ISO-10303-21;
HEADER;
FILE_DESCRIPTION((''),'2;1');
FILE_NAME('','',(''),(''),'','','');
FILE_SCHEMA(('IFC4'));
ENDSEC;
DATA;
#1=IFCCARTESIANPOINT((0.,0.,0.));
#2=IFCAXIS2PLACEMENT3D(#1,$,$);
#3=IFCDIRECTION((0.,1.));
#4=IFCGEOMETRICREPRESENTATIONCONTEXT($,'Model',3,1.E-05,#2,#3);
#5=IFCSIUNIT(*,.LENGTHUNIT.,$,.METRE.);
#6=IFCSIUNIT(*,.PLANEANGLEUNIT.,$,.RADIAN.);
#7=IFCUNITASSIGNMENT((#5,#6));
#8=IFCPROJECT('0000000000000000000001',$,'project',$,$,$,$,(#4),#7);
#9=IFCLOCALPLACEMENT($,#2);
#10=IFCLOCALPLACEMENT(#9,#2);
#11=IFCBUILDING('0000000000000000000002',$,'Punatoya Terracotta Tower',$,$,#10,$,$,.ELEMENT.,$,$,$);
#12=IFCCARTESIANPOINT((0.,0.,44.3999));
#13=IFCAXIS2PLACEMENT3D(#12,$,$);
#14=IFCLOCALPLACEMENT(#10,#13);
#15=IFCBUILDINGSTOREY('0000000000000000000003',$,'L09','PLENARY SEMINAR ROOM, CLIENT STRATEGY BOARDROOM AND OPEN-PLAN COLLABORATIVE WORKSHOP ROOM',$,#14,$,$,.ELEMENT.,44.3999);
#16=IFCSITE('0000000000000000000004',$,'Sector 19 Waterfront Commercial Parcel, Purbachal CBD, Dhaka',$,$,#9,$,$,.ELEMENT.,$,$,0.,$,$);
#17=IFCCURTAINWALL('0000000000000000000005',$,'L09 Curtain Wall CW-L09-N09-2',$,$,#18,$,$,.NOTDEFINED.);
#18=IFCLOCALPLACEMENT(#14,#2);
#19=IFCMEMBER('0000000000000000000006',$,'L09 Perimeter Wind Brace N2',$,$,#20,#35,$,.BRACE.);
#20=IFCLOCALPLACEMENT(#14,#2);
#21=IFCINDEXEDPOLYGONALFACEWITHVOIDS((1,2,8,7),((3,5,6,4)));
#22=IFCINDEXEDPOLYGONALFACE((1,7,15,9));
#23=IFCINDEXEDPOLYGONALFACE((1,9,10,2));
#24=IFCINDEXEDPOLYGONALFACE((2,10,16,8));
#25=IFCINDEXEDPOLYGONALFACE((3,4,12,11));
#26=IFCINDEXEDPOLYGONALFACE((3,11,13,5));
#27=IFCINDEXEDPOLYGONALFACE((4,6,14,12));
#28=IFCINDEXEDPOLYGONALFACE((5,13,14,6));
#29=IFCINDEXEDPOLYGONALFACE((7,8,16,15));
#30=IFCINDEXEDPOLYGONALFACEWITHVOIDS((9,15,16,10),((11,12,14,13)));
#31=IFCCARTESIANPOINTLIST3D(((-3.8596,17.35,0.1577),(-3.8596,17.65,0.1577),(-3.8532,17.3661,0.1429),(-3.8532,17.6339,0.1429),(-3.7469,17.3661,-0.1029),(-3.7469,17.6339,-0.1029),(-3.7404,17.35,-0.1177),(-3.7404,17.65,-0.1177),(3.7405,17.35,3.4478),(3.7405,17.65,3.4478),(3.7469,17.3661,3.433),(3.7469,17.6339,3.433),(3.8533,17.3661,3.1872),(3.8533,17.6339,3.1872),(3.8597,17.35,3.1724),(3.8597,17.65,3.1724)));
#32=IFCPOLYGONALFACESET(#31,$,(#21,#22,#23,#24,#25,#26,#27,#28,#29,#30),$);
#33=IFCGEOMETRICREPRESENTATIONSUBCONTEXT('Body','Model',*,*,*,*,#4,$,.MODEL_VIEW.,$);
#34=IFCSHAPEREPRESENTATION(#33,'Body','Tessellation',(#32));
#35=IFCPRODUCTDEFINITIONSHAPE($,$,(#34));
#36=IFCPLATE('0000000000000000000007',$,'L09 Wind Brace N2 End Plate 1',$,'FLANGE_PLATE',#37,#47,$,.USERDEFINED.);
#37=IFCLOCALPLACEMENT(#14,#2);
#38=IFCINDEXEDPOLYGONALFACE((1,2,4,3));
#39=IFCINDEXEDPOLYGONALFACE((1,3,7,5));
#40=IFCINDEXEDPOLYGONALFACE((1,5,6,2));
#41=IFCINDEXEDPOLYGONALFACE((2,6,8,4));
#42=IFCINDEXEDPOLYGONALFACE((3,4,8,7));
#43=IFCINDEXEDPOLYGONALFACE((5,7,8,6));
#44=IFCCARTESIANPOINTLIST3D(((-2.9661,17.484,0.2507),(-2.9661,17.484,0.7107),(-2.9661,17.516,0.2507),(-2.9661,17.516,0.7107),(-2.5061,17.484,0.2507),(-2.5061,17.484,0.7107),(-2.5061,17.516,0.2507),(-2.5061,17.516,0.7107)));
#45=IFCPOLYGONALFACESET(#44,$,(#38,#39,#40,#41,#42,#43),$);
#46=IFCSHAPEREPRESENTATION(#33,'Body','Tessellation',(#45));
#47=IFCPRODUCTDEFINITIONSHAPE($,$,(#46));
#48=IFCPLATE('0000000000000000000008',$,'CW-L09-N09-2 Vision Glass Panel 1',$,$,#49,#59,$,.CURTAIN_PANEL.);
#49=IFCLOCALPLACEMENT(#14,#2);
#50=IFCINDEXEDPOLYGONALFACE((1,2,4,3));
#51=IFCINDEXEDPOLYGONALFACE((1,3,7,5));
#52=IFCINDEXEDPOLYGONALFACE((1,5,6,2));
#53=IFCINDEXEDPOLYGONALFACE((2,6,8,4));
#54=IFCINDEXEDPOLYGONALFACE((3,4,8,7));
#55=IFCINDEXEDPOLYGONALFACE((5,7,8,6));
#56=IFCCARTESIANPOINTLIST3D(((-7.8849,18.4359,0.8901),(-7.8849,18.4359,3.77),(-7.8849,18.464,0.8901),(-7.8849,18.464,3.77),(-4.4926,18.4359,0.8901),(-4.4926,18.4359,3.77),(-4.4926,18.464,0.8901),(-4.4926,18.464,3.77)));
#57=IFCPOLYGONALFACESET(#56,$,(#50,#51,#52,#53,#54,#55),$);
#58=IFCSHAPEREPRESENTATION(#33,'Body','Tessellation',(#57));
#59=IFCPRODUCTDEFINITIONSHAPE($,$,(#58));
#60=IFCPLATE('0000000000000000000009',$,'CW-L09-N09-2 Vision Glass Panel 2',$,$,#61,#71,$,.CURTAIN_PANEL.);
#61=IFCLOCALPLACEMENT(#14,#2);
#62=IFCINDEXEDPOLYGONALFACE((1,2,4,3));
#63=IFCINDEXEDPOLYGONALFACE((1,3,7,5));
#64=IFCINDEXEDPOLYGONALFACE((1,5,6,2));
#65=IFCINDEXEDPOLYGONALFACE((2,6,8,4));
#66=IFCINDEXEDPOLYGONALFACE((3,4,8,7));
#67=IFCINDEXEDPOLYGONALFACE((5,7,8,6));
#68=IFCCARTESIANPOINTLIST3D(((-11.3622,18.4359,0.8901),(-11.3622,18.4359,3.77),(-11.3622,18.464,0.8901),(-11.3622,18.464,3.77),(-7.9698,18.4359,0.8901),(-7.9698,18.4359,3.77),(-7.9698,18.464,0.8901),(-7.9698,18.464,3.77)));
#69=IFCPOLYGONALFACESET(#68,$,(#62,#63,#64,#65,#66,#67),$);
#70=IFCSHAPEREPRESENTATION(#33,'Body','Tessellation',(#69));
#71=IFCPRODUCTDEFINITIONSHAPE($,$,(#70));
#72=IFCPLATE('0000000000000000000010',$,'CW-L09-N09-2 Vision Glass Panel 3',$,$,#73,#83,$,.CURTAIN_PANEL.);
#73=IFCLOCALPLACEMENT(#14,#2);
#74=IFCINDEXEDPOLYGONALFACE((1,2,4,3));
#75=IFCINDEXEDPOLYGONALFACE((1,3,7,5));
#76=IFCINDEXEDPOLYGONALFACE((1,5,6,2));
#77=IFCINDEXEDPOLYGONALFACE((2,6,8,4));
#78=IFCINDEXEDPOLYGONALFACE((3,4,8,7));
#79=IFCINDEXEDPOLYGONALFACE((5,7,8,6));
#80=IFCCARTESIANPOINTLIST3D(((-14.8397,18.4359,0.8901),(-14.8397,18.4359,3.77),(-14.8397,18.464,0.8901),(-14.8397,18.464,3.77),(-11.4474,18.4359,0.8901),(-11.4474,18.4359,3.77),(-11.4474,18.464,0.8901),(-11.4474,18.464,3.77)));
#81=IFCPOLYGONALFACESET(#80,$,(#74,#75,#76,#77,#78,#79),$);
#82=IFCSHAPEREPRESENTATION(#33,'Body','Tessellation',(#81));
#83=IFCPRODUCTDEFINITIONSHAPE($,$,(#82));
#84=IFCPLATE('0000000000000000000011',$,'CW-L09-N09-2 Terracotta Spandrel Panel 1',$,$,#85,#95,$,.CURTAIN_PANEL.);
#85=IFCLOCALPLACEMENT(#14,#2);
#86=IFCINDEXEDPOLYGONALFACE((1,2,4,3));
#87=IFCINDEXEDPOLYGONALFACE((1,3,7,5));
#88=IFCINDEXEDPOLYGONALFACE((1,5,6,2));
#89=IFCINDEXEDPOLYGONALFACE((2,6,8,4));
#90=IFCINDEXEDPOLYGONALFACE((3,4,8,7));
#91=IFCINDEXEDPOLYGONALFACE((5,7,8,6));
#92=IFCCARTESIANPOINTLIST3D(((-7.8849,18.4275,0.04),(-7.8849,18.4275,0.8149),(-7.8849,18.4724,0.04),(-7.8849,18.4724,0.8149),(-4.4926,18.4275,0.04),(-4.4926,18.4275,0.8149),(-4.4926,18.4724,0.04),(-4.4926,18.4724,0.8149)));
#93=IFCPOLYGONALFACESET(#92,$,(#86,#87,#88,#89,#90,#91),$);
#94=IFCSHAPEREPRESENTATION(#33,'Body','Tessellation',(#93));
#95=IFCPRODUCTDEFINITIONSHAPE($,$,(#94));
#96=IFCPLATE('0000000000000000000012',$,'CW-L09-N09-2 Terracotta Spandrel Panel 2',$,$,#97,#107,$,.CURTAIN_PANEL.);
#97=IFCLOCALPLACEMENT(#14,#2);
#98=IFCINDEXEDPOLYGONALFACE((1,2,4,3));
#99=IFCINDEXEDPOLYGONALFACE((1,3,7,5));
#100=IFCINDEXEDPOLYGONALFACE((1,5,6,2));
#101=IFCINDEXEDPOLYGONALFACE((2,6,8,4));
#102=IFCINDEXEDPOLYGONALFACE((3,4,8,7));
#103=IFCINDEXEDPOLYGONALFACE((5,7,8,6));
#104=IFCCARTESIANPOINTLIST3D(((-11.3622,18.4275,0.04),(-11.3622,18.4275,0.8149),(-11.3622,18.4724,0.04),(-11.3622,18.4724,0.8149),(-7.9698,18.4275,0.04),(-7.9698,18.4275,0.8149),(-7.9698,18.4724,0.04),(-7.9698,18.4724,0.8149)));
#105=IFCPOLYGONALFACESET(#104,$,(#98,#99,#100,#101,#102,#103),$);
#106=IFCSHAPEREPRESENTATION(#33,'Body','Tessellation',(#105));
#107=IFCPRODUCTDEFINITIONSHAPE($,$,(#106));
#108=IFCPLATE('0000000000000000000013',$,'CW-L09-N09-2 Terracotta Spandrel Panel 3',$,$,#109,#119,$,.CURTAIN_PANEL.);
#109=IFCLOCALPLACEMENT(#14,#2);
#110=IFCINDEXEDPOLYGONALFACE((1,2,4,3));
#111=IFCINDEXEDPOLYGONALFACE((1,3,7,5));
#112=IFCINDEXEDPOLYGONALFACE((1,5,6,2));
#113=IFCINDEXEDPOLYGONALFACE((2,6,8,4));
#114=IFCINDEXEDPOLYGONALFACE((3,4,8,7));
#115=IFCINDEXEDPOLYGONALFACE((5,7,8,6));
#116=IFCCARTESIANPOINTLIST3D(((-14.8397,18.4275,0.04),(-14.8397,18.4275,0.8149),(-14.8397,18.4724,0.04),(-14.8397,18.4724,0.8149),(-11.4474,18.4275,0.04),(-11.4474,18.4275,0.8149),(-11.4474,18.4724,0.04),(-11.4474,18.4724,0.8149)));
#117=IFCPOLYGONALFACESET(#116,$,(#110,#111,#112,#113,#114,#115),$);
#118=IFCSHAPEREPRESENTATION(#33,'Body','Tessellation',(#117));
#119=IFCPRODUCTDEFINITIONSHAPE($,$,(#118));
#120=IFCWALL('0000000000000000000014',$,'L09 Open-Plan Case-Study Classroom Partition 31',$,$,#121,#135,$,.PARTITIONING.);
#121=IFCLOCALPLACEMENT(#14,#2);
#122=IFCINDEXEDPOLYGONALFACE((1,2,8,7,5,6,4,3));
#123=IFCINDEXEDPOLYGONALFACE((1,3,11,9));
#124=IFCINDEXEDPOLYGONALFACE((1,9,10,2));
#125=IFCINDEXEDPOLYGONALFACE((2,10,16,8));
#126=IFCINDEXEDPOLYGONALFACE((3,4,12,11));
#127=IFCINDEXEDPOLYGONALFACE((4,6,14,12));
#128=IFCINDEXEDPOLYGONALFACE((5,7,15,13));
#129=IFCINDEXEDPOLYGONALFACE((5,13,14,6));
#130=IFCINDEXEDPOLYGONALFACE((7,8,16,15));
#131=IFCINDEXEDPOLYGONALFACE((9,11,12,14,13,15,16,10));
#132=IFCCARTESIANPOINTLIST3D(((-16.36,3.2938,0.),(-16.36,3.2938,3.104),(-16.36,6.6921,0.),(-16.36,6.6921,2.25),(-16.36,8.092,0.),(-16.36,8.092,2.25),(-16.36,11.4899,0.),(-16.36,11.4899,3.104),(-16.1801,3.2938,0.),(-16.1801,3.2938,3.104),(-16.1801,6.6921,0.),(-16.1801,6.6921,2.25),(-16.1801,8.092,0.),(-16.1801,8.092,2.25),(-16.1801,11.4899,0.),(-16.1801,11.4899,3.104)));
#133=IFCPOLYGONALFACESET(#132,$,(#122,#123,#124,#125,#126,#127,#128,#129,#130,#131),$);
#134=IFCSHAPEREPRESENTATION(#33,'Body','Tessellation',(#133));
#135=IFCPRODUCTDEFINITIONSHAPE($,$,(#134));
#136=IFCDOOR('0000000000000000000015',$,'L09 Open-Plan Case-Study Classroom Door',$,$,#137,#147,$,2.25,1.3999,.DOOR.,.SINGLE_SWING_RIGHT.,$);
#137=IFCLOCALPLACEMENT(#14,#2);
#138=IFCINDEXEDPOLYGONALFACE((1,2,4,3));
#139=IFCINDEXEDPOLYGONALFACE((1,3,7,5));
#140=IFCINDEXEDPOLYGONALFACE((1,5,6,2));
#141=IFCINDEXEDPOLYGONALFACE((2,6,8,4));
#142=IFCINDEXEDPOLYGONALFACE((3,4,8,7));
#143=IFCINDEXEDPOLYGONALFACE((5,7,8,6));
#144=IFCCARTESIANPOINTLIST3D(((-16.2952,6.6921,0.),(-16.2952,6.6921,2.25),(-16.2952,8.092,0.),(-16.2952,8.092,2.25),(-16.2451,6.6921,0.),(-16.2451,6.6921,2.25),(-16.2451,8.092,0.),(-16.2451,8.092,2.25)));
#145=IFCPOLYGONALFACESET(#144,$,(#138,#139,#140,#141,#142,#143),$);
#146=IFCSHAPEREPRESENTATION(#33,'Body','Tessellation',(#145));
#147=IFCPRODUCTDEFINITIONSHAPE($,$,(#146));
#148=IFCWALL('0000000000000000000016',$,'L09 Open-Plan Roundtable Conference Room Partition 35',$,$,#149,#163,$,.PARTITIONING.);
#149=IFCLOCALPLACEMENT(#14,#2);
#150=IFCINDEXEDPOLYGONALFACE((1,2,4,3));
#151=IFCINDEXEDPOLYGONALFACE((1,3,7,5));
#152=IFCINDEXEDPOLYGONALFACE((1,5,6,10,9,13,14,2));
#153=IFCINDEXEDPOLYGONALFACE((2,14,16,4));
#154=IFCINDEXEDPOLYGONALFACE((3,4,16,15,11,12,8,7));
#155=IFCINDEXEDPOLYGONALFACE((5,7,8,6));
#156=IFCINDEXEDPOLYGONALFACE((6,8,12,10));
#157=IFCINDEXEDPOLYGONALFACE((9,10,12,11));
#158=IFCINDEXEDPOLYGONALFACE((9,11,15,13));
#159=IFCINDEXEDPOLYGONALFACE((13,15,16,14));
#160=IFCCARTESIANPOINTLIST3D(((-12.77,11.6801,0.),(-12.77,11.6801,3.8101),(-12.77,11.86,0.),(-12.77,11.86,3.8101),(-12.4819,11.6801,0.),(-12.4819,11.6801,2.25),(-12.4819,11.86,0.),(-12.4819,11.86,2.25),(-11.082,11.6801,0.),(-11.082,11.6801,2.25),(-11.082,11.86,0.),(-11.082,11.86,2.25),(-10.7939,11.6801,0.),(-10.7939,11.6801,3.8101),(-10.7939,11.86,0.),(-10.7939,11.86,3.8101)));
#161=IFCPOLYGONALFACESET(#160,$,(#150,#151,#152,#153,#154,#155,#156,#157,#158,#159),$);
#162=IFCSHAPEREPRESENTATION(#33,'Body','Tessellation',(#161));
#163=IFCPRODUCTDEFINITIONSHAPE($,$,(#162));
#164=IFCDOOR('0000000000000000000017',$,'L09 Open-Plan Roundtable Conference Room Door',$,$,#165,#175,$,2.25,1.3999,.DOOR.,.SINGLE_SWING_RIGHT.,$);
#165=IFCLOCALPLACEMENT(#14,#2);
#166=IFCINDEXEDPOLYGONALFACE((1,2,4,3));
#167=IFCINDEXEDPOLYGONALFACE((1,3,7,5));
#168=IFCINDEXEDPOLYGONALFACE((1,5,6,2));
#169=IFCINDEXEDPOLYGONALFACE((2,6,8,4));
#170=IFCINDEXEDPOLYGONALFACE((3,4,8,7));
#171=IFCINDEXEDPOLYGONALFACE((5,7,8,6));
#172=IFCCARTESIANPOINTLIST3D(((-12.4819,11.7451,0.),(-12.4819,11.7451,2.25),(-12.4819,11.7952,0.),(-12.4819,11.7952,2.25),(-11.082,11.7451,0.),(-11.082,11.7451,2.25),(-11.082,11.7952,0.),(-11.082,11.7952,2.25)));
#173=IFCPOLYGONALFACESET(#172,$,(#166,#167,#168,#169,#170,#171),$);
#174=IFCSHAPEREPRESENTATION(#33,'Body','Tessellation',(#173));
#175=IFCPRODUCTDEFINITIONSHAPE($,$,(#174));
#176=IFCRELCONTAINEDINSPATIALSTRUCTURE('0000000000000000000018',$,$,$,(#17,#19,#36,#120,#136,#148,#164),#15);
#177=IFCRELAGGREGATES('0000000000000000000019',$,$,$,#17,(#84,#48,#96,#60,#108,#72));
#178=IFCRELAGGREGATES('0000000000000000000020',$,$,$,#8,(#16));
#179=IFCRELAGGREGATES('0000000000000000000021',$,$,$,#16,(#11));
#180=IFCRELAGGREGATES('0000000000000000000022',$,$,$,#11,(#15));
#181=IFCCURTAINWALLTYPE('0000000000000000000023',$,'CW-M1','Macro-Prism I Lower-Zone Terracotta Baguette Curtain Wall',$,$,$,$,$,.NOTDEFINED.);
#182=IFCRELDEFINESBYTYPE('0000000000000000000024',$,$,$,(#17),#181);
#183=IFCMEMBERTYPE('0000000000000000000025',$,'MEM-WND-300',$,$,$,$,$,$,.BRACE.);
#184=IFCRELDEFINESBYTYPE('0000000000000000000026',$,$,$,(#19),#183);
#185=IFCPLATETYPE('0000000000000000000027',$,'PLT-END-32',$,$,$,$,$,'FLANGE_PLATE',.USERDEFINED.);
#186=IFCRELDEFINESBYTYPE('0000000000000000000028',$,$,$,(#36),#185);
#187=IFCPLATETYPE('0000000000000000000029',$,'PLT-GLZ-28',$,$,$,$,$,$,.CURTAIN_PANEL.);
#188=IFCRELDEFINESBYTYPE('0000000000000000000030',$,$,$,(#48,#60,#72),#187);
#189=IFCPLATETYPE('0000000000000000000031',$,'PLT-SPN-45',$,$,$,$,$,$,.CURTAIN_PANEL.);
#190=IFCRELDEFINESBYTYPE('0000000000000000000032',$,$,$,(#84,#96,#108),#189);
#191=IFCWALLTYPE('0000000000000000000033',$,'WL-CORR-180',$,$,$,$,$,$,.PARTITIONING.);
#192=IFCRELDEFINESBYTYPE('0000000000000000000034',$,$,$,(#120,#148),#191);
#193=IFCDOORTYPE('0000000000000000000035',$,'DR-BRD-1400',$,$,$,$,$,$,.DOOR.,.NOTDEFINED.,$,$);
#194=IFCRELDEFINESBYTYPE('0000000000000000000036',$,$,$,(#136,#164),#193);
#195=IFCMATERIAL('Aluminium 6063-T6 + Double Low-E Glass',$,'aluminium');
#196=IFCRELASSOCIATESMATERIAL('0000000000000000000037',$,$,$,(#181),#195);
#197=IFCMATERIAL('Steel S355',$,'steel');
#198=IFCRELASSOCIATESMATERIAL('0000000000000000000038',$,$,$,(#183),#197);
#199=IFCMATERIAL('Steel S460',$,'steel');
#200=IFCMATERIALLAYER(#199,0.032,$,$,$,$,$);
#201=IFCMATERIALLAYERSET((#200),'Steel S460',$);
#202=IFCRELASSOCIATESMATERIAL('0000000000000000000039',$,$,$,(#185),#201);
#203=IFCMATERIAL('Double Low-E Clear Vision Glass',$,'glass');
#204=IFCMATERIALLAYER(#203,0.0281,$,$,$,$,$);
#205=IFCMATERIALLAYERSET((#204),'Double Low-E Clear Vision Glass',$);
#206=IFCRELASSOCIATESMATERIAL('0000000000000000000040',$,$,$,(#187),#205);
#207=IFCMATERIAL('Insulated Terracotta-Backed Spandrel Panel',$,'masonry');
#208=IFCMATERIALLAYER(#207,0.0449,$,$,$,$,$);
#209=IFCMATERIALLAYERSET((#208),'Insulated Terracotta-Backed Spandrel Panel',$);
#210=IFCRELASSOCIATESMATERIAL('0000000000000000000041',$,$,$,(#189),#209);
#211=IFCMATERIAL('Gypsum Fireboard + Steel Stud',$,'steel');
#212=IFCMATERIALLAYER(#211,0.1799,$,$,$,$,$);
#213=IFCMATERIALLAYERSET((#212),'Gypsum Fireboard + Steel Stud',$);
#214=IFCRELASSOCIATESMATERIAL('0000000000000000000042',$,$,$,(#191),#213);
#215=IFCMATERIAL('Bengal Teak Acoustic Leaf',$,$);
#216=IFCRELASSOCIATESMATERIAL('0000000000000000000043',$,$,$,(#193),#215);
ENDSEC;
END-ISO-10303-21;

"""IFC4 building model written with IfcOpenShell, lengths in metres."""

from ifc_helpers import new_model, si_unit, direction, frame, frame_2d, origin, origin_2d, place, context, subcontext, project, spatial, rectangle, hollow_rectangle, extrude, material, layer, layer_set, material_profile, profile_set, type_object, element, fill, aggregate, save


model = new_model("IFC4")

# Units and contexts
model_context = context("Model", 3, precision=1e-05, world=origin(), true_north=direction((0.0, 1.0)))
body_context = subcontext(model_context, "Body", "Model", "MODEL_VIEW")
ifc_project = project(units=[si_unit("LENGTHUNIT", "METRE"), si_unit("PLANEANGLEUNIT", "RADIAN")], contexts=[model_context])

# Site, building, storey
site_placement = place(None, origin())
site = spatial("IfcSite", under=ifc_project, at=site_placement, Name="Sector 19 Waterfront Commercial Parcel, Purbachal CBD, Dhaka", CompositionType="ELEMENT", RefElevation=0.0)
building_placement = place(site_placement, origin())
building = spatial("IfcBuilding", under=site, at=building_placement, Name="Punatoya Terracotta Tower", CompositionType="ELEMENT")
storey_placement = place(building_placement, frame((0.0, 0.0, 44.3999)))
storey = spatial("IfcBuildingStorey", under=building, at=storey_placement, Name="L09", Description="PLENARY SEMINAR ROOM, CLIENT STRATEGY BOARDROOM AND OPEN-PLAN COLLABORATIVE WORKSHOP ROOM", CompositionType="ELEMENT", Elevation=44.3999)

# Shared definitions
ifc_material_1 = material(Name="Steel S460", Category="steel")

# Shared definitions
ifc_material_2 = material(Name="Steel S355", Category="steel")

# Curtain wall
ifc_material_3 = material(Name="Aluminium 6063-T6 + Double Low-E Glass", Category="aluminium")
curtain_wall_type = type_object("IfcCurtainWallType", Name="CW-M1", Description="Macro-Prism I Lower-Zone Terracotta Baguette Curtain Wall", PredefinedType="NOTDEFINED", material=ifc_material_3)
curtain_wall_placement = place(storey_placement, origin())
curtain_wall = element("IfcCurtainWall", 1, at=curtain_wall_placement, inside=storey, type_object=curtain_wall_type, Name="L09 Curtain Wall CW-L09-N09-2", PredefinedType="NOTDEFINED")

# Member
ifc_material_profile_1 = material_profile(ifc_material_2, hollow_rectangle(XDim=0.3, YDim=0.3, WallThickness=0.0161, at=origin_2d()))
ifc_profile_set_1 = profile_set([ifc_material_profile_1], Name="Steel S355")
member_type_1 = type_object("IfcMemberType", Name="MEM-WND-300", PredefinedType="BRACE", material=ifc_profile_set_1)
member_1_placement = place(storey_placement, frame((-3.8, 17.5, 0.02), z_axis=(0.917703, 0.0, 0.397268), x_axis=(0.0, 1.0, 0.0)))
element("IfcMember", 2, at=member_1_placement, inside=storey, type_object=member_type_1, Name="L09 Perimeter Wind Brace N2", PredefinedType="BRACE", context=body_context, shape_type="SweptSolid", body=[
    extrude(hollow_rectangle(XDim=0.3, YDim=0.3, WallThickness=0.0161, at=origin_2d()), origin(), (0.0, 0.0, 1.0), 8.2817),
])

# Plates
ifc_layer_1 = layer(ifc_material_1, 0.032)
ifc_layer_set_1 = layer_set([ifc_layer_1], Name="Steel S460")
plate_type_1 = type_object("IfcPlateType", Name="PLT-END-32", ElementType="FLANGE_PLATE", PredefinedType="USERDEFINED", material=ifc_layer_set_1)
plate_1_placement = place(storey_placement, frame((-2.7361, 17.5, 0.2507), z_axis=(0.0, 0.0, 1.0), x_axis=(1.0, 0.0, 0.0)))
element("IfcPlate", 3, at=plate_1_placement, inside=storey, type_object=plate_type_1, Name="L09 Wind Brace N2 End Plate 1", ObjectType="FLANGE_PLATE", PredefinedType="USERDEFINED", context=body_context, shape_type="SweptSolid", body=[
    extrude(rectangle(XDim=0.46, YDim=0.032, at=origin_2d()), origin(), (0.0, 0.0, 1.0), 0.46),
])
ifc_material_4 = material(Name="Double Low-E Clear Vision Glass", Category="glass")
ifc_layer_2 = layer(ifc_material_4, 0.0281)
ifc_layer_set_2 = layer_set([ifc_layer_2], Name="Double Low-E Clear Vision Glass")
plate_type_2 = type_object("IfcPlateType", Name="PLT-GLZ-28", PredefinedType="CURTAIN_PANEL", material=ifc_layer_set_2)
plate_2_placement = place(storey_placement, frame((-6.1887, 18.45, 0.8901), z_axis=(0.0, 0.0, 1.0), x_axis=(-1.0, 0.0, 0.0)))
plate_2 = element("IfcPlate", 4, at=plate_2_placement, type_object=plate_type_2, Name="CW-L09-N09-2 Vision Glass Panel 1", PredefinedType="CURTAIN_PANEL", context=body_context, shape_type="SweptSolid", body=[
    extrude(rectangle(XDim=3.3923, YDim=0.0281, at=origin_2d()), origin(), (0.0, 0.0, 1.0), 2.8799),
])
plate_3_placement = place(storey_placement, frame((-9.666, 18.45, 0.8901), z_axis=(0.0, 0.0, 1.0), x_axis=(-1.0, 0.0, 0.0)))
plate_3 = element("IfcPlate", 5, at=plate_3_placement, type_object=plate_type_2, Name="CW-L09-N09-2 Vision Glass Panel 2", PredefinedType="CURTAIN_PANEL", context=body_context, shape_type="SweptSolid", body=[
    extrude(rectangle(XDim=3.3923, YDim=0.0281, at=origin_2d()), origin(), (0.0, 0.0, 1.0), 2.8799),
])
plate_4_placement = place(storey_placement, frame((-13.1436, 18.45, 0.8901), z_axis=(0.0, 0.0, 1.0), x_axis=(-1.0, 0.0, 0.0)))
plate_4 = element("IfcPlate", 6, at=plate_4_placement, type_object=plate_type_2, Name="CW-L09-N09-2 Vision Glass Panel 3", PredefinedType="CURTAIN_PANEL", context=body_context, shape_type="SweptSolid", body=[
    extrude(rectangle(XDim=3.3923, YDim=0.0281, at=origin_2d()), origin(), (0.0, 0.0, 1.0), 2.8799),
])
ifc_material_5 = material(Name="Insulated Terracotta-Backed Spandrel Panel", Category="masonry")
ifc_layer_3 = layer(ifc_material_5, 0.0449)
ifc_layer_set_3 = layer_set([ifc_layer_3], Name="Insulated Terracotta-Backed Spandrel Panel")
plate_type_3 = type_object("IfcPlateType", Name="PLT-SPN-45", PredefinedType="CURTAIN_PANEL", material=ifc_layer_set_3)
plate_5_placement = place(storey_placement, frame((-6.1887, 18.45, 0.04), z_axis=(0.0, 0.0, 1.0), x_axis=(-1.0, 0.0, 0.0)))
plate_5 = element("IfcPlate", 7, at=plate_5_placement, type_object=plate_type_3, Name="CW-L09-N09-2 Terracotta Spandrel Panel 1", PredefinedType="CURTAIN_PANEL", context=body_context, shape_type="SweptSolid", body=[
    extrude(rectangle(XDim=3.3923, YDim=0.0449, at=origin_2d()), origin(), (0.0, 0.0, 1.0), 0.7749),
])
plate_6_placement = place(storey_placement, frame((-9.666, 18.45, 0.04), z_axis=(0.0, 0.0, 1.0), x_axis=(-1.0, 0.0, 0.0)))
plate_6 = element("IfcPlate", 8, at=plate_6_placement, type_object=plate_type_3, Name="CW-L09-N09-2 Terracotta Spandrel Panel 2", PredefinedType="CURTAIN_PANEL", context=body_context, shape_type="SweptSolid", body=[
    extrude(rectangle(XDim=3.3923, YDim=0.0449, at=origin_2d()), origin(), (0.0, 0.0, 1.0), 0.7749),
])
plate_7_placement = place(storey_placement, frame((-13.1436, 18.45, 0.04), z_axis=(0.0, 0.0, 1.0), x_axis=(-1.0, 0.0, 0.0)))
plate_7 = element("IfcPlate", 9, at=plate_7_placement, type_object=plate_type_3, Name="CW-L09-N09-2 Terracotta Spandrel Panel 3", PredefinedType="CURTAIN_PANEL", context=body_context, shape_type="SweptSolid", body=[
    extrude(rectangle(XDim=3.3923, YDim=0.0449, at=origin_2d()), origin(), (0.0, 0.0, 1.0), 0.7749),
])
aggregate(curtain_wall, [plate_5, plate_2, plate_6, plate_3, plate_7, plate_4])

# Walls, openings, doors
ifc_material_6 = material(Name="Gypsum Fireboard + Steel Stud", Category="steel")
ifc_layer_4 = layer(ifc_material_6, 0.1799)
ifc_layer_set_4 = layer_set([ifc_layer_4], Name="Gypsum Fireboard + Steel Stud")
wall_type_1 = type_object("IfcWallType", Name="WL-CORR-180", PredefinedType="PARTITIONING", material=ifc_layer_set_4)
wall_1_placement = place(storey_placement, frame((-16.27, 11.49, 0.0), z_axis=(0.0, 0.0, 1.0), x_axis=(0.0, -1.0, 0.0)))
wall_1 = element("IfcWall", 10, at=wall_1_placement, inside=storey, type_object=wall_type_1, Name="L09 Open-Plan Case-Study Classroom Partition 31", PredefinedType="PARTITIONING", context=body_context, shape_type="SweptSolid", body=[
    extrude(rectangle(XDim=8.196, YDim=0.1799, at=frame_2d((4.0981, 0.0))), origin(), (0.0, 0.0, 1.0), 3.104),
])
opening_1_placement = place(wall_1_placement, frame((3.3979, 0.0, 0.0)))
opening_1 = element("IfcOpeningElement", 11, at=opening_1_placement, cuts=wall_1, PredefinedType="OPENING", context=body_context, shape_type="SweptSolid", body=[
    extrude(rectangle(XDim=1.3999, YDim=2.25, at=frame_2d((0.7, 1.125))), frame((0.0, 0.0999, 0.0), z_axis=(0.0, -1.0, 0.0), x_axis=(1.0, 0.0, 0.0)), (0.0, 0.0, 1.0), 0.2),
])
ifc_material_7 = material(Name="Bengal Teak Acoustic Leaf")
door_type = type_object("IfcDoorType", Name="DR-BRD-1400", OperationType="NOTDEFINED", PredefinedType="DOOR", material=ifc_material_7)
door_1_placement = place(opening_1_placement, origin())
door_1 = element("IfcDoor", 12, at=door_1_placement, inside=storey, type_object=door_type, Name="L09 Open-Plan Case-Study Classroom Door", OperationType="SINGLE_SWING_RIGHT", OverallHeight=2.25, OverallWidth=1.3999, PredefinedType="DOOR", context=body_context, shape_type="SweptSolid", body=[
    extrude(rectangle(XDim=1.3999, YDim=2.25, at=frame_2d((0.7, 1.125))), frame((0.0, 0.0249, 0.0), z_axis=(0.0, -1.0, 0.0), x_axis=(1.0, 0.0, 0.0)), (0.0, 0.0, 1.0), 0.05),
])
fill(opening_1, door_1)
wall_2_placement = place(storey_placement, frame((-10.7939, 11.77, 0.0), z_axis=(0.0, 0.0, 1.0), x_axis=(-1.0, 0.0, 0.0)))
wall_2 = element("IfcWall", 13, at=wall_2_placement, inside=storey, type_object=wall_type_1, Name="L09 Open-Plan Roundtable Conference Room Partition 35", PredefinedType="PARTITIONING", context=body_context, shape_type="SweptSolid", body=[
    extrude(rectangle(XDim=1.9761, YDim=0.1799, at=frame_2d((0.988, 0.0))), origin(), (0.0, 0.0, 1.0), 3.8101),
])
opening_2_placement = place(wall_2_placement, frame((0.2881, 0.0, 0.0)))
opening_2 = element("IfcOpeningElement", 14, at=opening_2_placement, cuts=wall_2, PredefinedType="OPENING", context=body_context, shape_type="SweptSolid", body=[
    extrude(rectangle(XDim=1.3999, YDim=2.25, at=frame_2d((0.7, 1.125))), frame((0.0, 0.0999, 0.0), z_axis=(0.0, -1.0, 0.0), x_axis=(1.0, 0.0, 0.0)), (0.0, 0.0, 1.0), 0.2),
])
door_2_placement = place(opening_2_placement, origin())
door_2 = element("IfcDoor", 15, at=door_2_placement, inside=storey, type_object=door_type, Name="L09 Open-Plan Roundtable Conference Room Door", OperationType="SINGLE_SWING_RIGHT", OverallHeight=2.25, OverallWidth=1.3999, PredefinedType="DOOR", context=body_context, shape_type="SweptSolid", body=[
    extrude(rectangle(XDim=1.3999, YDim=2.25, at=frame_2d((0.7, 1.125))), frame((0.0, 0.0249, 0.0), z_axis=(0.0, -1.0, 0.0), x_axis=(1.0, 0.0, 0.0)), (0.0, 0.0, 1.0), 0.05),
])
fill(opening_2, door_2)

save(model, "model.ifc")
